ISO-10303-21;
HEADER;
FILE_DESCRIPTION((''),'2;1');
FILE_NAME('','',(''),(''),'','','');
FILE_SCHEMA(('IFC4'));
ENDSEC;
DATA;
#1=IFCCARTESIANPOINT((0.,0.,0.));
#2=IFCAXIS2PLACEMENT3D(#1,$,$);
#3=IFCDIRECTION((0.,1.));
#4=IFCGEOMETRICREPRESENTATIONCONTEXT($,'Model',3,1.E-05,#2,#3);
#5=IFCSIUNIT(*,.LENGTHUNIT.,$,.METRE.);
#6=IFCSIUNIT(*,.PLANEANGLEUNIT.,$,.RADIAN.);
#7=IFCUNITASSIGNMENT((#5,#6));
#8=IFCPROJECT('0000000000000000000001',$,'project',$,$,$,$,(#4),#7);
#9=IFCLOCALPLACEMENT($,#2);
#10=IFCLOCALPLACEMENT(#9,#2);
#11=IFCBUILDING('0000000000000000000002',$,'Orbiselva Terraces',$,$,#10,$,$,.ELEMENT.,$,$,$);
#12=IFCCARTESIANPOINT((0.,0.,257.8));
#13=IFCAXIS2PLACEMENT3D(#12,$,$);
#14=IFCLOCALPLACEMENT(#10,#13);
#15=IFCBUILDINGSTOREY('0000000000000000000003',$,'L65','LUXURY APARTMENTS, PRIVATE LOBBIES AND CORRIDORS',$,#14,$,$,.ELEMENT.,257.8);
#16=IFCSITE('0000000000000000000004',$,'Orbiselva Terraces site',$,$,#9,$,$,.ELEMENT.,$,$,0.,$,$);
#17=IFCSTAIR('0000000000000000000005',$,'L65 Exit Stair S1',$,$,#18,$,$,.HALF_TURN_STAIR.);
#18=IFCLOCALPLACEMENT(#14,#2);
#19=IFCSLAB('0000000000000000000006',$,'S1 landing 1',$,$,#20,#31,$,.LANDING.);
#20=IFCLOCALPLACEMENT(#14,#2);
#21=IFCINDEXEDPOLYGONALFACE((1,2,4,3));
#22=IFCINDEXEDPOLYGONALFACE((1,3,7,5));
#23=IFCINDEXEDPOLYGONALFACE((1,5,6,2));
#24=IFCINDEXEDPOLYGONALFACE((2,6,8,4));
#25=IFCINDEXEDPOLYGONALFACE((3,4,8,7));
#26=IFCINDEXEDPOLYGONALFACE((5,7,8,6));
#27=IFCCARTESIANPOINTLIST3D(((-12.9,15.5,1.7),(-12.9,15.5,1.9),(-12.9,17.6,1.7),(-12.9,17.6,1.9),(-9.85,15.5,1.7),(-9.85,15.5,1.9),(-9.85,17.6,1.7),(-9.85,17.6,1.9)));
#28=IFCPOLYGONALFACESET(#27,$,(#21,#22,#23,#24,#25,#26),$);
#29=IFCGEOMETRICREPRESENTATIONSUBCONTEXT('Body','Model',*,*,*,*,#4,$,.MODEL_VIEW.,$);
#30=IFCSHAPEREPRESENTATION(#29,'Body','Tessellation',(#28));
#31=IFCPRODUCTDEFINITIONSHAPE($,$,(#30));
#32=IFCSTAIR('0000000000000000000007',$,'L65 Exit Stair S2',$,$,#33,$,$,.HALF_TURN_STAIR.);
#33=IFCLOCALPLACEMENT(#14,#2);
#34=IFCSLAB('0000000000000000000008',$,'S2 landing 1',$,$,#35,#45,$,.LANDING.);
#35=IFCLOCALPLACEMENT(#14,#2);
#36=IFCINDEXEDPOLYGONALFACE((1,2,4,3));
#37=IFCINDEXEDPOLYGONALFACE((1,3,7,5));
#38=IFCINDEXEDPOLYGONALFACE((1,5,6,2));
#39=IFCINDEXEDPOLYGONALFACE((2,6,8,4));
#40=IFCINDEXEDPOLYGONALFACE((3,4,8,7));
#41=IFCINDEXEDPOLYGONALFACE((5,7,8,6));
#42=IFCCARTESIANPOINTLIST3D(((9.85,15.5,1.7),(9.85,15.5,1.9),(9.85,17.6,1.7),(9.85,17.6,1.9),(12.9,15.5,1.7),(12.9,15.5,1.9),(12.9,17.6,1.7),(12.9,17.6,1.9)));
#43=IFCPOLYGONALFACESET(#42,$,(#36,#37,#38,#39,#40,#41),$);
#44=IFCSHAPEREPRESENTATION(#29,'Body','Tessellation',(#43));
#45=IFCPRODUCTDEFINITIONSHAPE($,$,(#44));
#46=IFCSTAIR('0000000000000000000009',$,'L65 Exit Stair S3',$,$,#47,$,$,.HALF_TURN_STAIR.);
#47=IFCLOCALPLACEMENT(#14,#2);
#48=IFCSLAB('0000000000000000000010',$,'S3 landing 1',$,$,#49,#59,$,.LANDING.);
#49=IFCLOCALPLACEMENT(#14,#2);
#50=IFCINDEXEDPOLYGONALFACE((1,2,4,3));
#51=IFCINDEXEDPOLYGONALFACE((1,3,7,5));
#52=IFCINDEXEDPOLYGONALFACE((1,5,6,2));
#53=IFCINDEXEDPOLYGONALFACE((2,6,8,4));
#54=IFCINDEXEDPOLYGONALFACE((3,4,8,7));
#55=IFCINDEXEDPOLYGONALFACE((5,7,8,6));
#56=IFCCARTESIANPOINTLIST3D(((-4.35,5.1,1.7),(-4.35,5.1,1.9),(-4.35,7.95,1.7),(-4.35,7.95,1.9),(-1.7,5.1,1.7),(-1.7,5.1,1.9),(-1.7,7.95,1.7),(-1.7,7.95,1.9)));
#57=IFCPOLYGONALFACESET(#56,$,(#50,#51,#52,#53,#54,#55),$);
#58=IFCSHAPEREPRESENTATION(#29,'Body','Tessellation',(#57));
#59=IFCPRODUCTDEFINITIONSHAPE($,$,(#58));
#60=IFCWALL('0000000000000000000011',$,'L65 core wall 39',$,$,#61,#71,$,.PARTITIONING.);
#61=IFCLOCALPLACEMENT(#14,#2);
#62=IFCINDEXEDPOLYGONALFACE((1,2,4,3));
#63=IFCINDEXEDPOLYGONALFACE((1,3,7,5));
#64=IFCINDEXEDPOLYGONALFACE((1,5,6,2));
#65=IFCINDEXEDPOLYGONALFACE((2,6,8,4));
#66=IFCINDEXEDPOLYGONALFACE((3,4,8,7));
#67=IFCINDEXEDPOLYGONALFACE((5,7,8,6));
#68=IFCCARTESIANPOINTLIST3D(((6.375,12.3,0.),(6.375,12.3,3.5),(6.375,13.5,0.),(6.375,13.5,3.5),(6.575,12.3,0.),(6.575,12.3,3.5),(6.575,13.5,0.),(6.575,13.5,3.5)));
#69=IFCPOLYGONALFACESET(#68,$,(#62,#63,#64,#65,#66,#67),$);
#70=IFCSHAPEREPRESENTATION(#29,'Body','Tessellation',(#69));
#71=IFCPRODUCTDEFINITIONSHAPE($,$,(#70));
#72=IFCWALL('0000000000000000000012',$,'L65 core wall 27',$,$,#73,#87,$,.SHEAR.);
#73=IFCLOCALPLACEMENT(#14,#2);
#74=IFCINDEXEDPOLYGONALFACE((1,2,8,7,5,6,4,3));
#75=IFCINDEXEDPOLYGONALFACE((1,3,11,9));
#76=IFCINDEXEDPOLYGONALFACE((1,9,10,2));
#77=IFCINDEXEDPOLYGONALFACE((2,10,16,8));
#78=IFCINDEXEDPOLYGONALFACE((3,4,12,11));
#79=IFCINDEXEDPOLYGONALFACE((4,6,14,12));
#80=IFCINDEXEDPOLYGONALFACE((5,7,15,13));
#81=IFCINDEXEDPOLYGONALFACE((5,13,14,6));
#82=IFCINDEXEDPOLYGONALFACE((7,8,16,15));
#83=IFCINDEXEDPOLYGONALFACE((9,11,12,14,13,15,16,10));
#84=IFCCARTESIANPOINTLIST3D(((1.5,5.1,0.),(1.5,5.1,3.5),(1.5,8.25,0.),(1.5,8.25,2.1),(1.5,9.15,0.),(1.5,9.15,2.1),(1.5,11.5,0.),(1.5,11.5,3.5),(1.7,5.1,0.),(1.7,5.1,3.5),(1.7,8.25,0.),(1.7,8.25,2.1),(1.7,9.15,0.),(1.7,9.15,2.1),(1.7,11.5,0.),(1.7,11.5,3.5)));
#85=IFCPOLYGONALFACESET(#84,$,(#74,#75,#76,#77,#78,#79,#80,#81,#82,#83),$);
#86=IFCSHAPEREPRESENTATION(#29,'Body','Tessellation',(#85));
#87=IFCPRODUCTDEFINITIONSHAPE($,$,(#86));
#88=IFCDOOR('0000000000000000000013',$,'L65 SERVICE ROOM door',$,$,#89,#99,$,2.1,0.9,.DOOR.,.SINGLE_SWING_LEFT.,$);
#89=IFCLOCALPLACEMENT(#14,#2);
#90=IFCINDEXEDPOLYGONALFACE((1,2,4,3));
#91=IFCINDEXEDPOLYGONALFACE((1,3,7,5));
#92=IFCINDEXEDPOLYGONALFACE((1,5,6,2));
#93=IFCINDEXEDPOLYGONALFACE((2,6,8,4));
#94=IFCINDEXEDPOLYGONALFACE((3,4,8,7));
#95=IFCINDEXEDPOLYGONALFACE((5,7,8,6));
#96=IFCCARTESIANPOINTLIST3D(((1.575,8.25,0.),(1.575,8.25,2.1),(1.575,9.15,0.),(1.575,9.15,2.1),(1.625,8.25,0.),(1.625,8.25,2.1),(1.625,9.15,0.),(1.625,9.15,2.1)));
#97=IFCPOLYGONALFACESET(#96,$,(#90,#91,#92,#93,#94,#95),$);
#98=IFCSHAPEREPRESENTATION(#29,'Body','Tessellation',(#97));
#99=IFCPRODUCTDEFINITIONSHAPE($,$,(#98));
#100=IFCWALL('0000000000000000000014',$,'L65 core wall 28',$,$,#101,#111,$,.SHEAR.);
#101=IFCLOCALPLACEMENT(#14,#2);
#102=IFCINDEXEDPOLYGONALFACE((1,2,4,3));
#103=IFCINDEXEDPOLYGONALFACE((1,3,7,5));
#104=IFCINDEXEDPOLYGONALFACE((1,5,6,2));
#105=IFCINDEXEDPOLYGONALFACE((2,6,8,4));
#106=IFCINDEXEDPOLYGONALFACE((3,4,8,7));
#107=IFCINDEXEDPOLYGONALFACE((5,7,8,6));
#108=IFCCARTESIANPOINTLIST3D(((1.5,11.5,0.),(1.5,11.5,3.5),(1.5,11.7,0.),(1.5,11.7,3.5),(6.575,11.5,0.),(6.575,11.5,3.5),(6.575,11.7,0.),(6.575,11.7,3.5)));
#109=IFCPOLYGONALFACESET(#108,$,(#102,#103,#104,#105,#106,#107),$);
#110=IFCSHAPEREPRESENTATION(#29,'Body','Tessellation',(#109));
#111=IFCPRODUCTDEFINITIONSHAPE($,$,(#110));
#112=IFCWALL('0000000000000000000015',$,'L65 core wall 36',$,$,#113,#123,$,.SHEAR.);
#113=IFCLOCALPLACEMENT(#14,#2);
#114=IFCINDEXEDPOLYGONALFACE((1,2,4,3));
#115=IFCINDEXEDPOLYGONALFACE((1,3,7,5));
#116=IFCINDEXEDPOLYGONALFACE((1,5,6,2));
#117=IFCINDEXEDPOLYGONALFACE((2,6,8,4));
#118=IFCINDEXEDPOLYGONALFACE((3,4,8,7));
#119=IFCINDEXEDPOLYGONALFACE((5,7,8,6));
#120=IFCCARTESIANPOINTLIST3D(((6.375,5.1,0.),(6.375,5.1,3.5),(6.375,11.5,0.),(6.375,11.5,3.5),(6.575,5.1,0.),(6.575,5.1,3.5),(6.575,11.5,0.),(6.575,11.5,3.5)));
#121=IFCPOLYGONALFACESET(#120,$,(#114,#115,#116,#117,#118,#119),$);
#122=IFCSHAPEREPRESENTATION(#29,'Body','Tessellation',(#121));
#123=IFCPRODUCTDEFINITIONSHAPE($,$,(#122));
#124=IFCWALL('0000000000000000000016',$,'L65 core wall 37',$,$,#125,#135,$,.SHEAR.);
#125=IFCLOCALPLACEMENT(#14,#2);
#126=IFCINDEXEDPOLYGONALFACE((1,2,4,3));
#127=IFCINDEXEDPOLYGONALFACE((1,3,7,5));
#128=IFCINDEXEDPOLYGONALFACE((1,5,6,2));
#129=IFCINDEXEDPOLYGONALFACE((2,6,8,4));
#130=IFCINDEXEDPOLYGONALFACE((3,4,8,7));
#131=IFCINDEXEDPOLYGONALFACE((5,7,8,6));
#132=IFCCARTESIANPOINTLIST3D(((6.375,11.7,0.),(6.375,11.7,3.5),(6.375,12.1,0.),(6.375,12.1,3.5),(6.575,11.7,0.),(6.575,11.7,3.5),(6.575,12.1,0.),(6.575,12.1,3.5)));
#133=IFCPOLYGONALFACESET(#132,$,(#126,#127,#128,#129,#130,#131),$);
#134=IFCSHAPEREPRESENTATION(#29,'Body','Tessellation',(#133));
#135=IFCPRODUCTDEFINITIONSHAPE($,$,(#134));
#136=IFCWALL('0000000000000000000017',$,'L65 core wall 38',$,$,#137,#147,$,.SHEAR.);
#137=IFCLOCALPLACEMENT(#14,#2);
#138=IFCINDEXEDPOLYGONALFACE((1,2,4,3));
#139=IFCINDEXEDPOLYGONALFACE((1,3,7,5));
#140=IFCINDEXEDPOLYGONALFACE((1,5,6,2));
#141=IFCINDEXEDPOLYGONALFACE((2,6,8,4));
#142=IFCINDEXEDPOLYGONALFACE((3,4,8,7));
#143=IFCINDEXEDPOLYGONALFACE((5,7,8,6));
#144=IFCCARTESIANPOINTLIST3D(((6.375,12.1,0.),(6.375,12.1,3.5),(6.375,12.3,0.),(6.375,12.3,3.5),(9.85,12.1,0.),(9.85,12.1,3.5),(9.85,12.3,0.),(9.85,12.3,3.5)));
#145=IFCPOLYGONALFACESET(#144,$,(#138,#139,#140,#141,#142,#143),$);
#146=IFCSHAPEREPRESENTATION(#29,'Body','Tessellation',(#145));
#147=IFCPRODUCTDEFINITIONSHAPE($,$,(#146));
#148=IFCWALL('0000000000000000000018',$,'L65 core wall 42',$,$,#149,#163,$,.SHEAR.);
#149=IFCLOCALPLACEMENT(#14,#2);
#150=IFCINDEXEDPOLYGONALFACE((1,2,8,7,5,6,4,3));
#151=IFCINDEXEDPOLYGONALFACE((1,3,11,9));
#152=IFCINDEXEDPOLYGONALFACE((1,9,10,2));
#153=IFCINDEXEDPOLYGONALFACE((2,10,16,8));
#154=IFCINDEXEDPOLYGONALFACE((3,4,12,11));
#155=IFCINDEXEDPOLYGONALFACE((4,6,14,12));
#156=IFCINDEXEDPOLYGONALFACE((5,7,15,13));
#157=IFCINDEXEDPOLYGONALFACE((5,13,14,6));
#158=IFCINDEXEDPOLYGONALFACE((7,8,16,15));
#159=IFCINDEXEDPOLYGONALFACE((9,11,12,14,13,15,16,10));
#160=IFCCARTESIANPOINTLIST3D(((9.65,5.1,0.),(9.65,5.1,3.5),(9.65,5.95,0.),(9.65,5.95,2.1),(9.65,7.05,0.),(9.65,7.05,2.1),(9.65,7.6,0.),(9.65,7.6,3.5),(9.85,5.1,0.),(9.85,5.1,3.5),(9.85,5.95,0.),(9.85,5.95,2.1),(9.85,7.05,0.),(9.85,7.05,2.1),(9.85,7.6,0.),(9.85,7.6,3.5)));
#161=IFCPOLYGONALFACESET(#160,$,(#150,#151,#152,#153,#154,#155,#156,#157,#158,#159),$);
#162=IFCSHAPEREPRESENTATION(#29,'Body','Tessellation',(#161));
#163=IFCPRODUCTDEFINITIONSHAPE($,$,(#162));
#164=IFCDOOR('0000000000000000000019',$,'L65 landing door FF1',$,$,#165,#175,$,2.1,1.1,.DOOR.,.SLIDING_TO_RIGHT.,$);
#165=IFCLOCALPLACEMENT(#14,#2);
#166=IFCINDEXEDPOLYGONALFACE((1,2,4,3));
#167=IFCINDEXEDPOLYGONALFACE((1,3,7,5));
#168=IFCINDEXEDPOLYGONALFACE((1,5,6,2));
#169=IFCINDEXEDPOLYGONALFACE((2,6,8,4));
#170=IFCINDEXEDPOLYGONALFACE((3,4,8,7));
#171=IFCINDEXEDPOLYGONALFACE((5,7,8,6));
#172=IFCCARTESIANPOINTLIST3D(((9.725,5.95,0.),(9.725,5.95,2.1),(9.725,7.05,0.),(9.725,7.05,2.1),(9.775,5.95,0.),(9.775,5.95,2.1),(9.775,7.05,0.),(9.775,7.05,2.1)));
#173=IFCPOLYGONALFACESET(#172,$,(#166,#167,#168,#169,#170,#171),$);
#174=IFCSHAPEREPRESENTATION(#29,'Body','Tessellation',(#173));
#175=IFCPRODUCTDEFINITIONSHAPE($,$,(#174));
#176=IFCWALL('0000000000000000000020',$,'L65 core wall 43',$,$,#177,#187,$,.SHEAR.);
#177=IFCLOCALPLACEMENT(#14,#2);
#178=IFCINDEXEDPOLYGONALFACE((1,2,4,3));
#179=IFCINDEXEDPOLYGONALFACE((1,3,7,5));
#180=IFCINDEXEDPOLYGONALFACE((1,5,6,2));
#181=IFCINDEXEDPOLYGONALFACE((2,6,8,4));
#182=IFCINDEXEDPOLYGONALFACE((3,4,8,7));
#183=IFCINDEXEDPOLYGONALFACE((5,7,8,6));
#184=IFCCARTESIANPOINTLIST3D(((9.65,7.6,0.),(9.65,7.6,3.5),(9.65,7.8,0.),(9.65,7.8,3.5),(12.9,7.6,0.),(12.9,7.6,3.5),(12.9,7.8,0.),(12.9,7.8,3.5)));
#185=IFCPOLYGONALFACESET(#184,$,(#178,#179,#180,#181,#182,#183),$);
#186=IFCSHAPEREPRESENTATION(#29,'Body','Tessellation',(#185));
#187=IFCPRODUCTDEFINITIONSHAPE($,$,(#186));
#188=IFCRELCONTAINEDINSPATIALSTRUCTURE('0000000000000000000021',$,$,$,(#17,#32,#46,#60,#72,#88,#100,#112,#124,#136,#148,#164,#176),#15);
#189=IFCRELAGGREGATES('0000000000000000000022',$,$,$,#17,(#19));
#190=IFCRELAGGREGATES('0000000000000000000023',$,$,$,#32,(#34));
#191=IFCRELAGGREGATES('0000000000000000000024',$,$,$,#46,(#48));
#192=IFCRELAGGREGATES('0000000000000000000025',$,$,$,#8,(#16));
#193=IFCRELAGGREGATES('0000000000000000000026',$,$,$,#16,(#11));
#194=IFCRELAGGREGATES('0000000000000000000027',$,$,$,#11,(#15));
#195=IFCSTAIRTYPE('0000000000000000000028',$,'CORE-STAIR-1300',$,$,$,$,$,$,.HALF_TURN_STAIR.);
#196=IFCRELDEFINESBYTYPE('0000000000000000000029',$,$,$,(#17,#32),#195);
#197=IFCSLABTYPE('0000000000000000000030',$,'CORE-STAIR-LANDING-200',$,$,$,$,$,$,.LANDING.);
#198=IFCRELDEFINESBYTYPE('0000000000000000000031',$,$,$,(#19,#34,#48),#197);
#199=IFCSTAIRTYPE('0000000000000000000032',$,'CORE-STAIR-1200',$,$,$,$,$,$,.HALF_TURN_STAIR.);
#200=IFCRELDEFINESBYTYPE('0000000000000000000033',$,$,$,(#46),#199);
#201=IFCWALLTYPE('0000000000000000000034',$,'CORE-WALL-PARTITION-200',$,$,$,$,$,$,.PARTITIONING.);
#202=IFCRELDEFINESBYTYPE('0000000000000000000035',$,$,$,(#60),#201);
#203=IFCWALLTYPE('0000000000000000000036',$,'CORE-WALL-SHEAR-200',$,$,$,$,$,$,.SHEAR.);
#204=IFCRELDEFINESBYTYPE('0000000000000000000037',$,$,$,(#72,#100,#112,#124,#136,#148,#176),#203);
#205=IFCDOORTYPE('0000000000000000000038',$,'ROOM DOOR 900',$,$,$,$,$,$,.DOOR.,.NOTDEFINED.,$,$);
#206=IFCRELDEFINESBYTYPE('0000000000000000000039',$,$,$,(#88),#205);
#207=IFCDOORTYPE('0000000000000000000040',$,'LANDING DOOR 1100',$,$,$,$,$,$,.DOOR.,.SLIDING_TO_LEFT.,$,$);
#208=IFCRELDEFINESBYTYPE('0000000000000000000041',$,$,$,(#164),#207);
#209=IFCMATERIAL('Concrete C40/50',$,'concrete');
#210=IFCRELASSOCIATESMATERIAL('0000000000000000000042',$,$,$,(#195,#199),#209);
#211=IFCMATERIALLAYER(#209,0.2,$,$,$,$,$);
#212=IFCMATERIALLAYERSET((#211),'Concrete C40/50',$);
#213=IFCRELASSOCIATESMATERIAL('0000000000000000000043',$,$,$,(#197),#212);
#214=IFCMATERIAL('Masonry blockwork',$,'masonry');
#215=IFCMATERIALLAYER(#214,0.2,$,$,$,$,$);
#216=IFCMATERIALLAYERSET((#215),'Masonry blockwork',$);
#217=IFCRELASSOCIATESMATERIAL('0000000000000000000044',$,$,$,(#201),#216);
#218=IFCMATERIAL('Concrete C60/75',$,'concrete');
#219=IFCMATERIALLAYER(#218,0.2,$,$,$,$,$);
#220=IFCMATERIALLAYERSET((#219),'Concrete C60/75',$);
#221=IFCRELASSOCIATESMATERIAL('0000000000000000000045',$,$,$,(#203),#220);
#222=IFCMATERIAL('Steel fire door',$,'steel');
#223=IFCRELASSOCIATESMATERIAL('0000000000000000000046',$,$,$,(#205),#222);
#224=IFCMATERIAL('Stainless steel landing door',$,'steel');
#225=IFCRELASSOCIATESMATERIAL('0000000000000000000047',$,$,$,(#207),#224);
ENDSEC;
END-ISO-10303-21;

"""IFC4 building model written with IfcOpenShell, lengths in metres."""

from ifc_helpers import new_model, si_unit, direction, frame, frame_2d, origin, place, context, subcontext, project, spatial, polyline, rectangle, outline, extrude, material, layer, layer_set, type_object, element, fill, aggregate, save


model = new_model("IFC4")

# Units and contexts
model_context = context("Model", 3, precision=1e-05, world=origin(), true_north=direction((0.0, 1.0)))
body_context = subcontext(model_context, "Body", "Model", "MODEL_VIEW")
ifc_project = project(units=[si_unit("LENGTHUNIT", "METRE"), si_unit("PLANEANGLEUNIT", "RADIAN")], contexts=[model_context])

# Site, building, storey
site_placement = place(None, origin())
site = spatial("IfcSite", under=ifc_project, at=site_placement, Name="Orbiselva Terraces site", CompositionType="ELEMENT", RefElevation=0.0)
building_placement = place(site_placement, origin())
building = spatial("IfcBuilding", under=site, at=building_placement, Name="Orbiselva Terraces", CompositionType="ELEMENT")
storey_placement = place(building_placement, frame((0.0, 0.0, 257.8)))
storey = spatial("IfcBuildingStorey", under=building, at=storey_placement, Name="L65", Description="LUXURY APARTMENTS, PRIVATE LOBBIES AND CORRIDORS", CompositionType="ELEMENT", Elevation=257.8)

# Stairs, slabs
ifc_material_1 = material(Name="Concrete C40/50", Category="concrete")
stair_type_1 = type_object("IfcStairType", Name="CORE-STAIR-1300", PredefinedType="HALF_TURN_STAIR", material=ifc_material_1)
stair_1_placement = place(storey_placement, origin())
stair_1 = element("IfcStair", 1, at=stair_1_placement, inside=storey, type_object=stair_type_1, Name="L65 Exit Stair S1", PredefinedType="HALF_TURN_STAIR")
ifc_layer_1 = layer(ifc_material_1, 0.2)
ifc_layer_set_1 = layer_set([ifc_layer_1], Name="Concrete C40/50")
slab_type = type_object("IfcSlabType", Name="CORE-STAIR-LANDING-200", PredefinedType="LANDING", material=ifc_layer_set_1)
slab_1_placement = place(storey_placement, frame((0.0, 0.0, 1.7)))
slab_1 = element("IfcSlab", 2, at=slab_1_placement, type_object=slab_type, Name="S1 landing 1", PredefinedType="LANDING", context=body_context, shape_type="SweptSolid", body=[
    extrude(outline(polyline([(-9.85, 15.5), (-9.85, 17.6), (-12.9, 17.6), (-12.9, 15.5), (-9.85, 15.5)])), origin(), (0.0, 0.0, 1.0), 0.2),
])
aggregate(stair_1, [slab_1])
stair_2_placement = place(storey_placement, origin())
stair_2 = element("IfcStair", 3, at=stair_2_placement, inside=storey, type_object=stair_type_1, Name="L65 Exit Stair S2", PredefinedType="HALF_TURN_STAIR")
slab_2_placement = place(storey_placement, frame((0.0, 0.0, 1.7)))
slab_2 = element("IfcSlab", 4, at=slab_2_placement, type_object=slab_type, Name="S2 landing 1", PredefinedType="LANDING", context=body_context, shape_type="SweptSolid", body=[
    extrude(outline(polyline([(12.9, 15.5), (12.9, 17.6), (9.85, 17.6), (9.85, 15.5), (12.9, 15.5)])), origin(), (0.0, 0.0, 1.0), 0.2),
])
aggregate(stair_2, [slab_2])
stair_type_2 = type_object("IfcStairType", Name="CORE-STAIR-1200", PredefinedType="HALF_TURN_STAIR", material=ifc_material_1)
stair_3_placement = place(storey_placement, origin())
stair_3 = element("IfcStair", 5, at=stair_3_placement, inside=storey, type_object=stair_type_2, Name="L65 Exit Stair S3", PredefinedType="HALF_TURN_STAIR")
slab_3_placement = place(storey_placement, frame((0.0, 0.0, 1.7)))
slab_3 = element("IfcSlab", 6, at=slab_3_placement, type_object=slab_type, Name="S3 landing 1", PredefinedType="LANDING", context=body_context, shape_type="SweptSolid", body=[
    extrude(outline(polyline([(-4.35, 5.1), (-1.7, 5.1), (-1.7, 7.95), (-4.35, 7.95), (-4.35, 5.1)])), origin(), (0.0, 0.0, 1.0), 0.2),
])
aggregate(stair_3, [slab_3])

# Wall
ifc_material_2 = material(Name="Masonry blockwork", Category="masonry")
ifc_layer_2 = layer(ifc_material_2, 0.2)
ifc_layer_set_2 = layer_set([ifc_layer_2], Name="Masonry blockwork")
wall_type_1 = type_object("IfcWallType", Name="CORE-WALL-PARTITION-200", PredefinedType="PARTITIONING", material=ifc_layer_set_2)
wall_1_placement = place(storey_placement, frame((6.475, 12.3, 0.0), z_axis=(0.0, 0.0, 1.0), x_axis=(0.0, 1.0, 0.0)))
element("IfcWall", 7, at=wall_1_placement, inside=storey, type_object=wall_type_1, Name="L65 core wall 39", PredefinedType="PARTITIONING", context=body_context, shape_type="SweptSolid", body=[
    extrude(rectangle(XDim=1.2, YDim=0.2, at=frame_2d((0.6, 0.0))), origin(), (0.0, 0.0, 1.0), 3.5),
])

# Wall, opening, door
ifc_material_3 = material(Name="Concrete C60/75", Category="concrete")
ifc_layer_3 = layer(ifc_material_3, 0.2)
ifc_layer_set_3 = layer_set([ifc_layer_3], Name="Concrete C60/75")
wall_type_2 = type_object("IfcWallType", Name="CORE-WALL-SHEAR-200", PredefinedType="SHEAR", material=ifc_layer_set_3)
wall_2_placement = place(storey_placement, frame((1.6, 11.5, 0.0), z_axis=(0.0, 0.0, 1.0), x_axis=(0.0, -1.0, 0.0)))
wall_2 = element("IfcWall", 8, at=wall_2_placement, inside=storey, type_object=wall_type_2, Name="L65 core wall 27", PredefinedType="SHEAR", context=body_context, shape_type="SweptSolid", body=[
    extrude(rectangle(XDim=6.4, YDim=0.2, at=frame_2d((3.2, 0.0))), origin(), (0.0, 0.0, 1.0), 3.5),
])
opening_1_placement = place(wall_2_placement, frame((2.35, 0.0, 0.0)))
opening_1 = element("IfcOpeningElement", 9, at=opening_1_placement, cuts=wall_2, PredefinedType="OPENING", context=body_context, shape_type="SweptSolid", body=[
    extrude(rectangle(XDim=0.9, YDim=2.1, at=frame_2d((0.45, 1.05))), frame((0.0, 0.11, 0.0), z_axis=(0.0, -1.0, 0.0), x_axis=(1.0, 0.0, 0.0)), (0.0, 0.0, 1.0), 0.22),
])
ifc_material_4 = material(Name="Steel fire door", Category="steel")
door_type_1 = type_object("IfcDoorType", Name="ROOM DOOR 900", OperationType="NOTDEFINED", PredefinedType="DOOR", material=ifc_material_4)
door_1_placement = place(opening_1_placement, origin())
door_1 = element("IfcDoor", 10, at=door_1_placement, inside=storey, type_object=door_type_1, Name="L65 SERVICE ROOM door", OperationType="SINGLE_SWING_LEFT", OverallHeight=2.1, OverallWidth=0.9, PredefinedType="DOOR", context=body_context, shape_type="SweptSolid", body=[
    extrude(rectangle(XDim=0.9, YDim=2.1, at=frame_2d((0.45, 1.05))), frame((0.0, 0.025, 0.0), z_axis=(0.0, -1.0, 0.0), x_axis=(1.0, 0.0, 0.0)), (0.0, 0.0, 1.0), 0.05),
])
fill(opening_1, door_1)

# Walls
wall_3_placement = place(storey_placement, frame((1.5, 11.6, 0.0), z_axis=(0.0, 0.0, 1.0), x_axis=(1.0, 0.0, 0.0)))
element("IfcWall", 11, at=wall_3_placement, inside=storey, type_object=wall_type_2, Name="L65 core wall 28", PredefinedType="SHEAR", context=body_context, shape_type="SweptSolid", body=[
    extrude(rectangle(XDim=5.075, YDim=0.2, at=frame_2d((2.5375, 0.0))), origin(), (0.0, 0.0, 1.0), 3.5),
])
wall_4_placement = place(storey_placement, frame((6.475, 5.1, 0.0), z_axis=(0.0, 0.0, 1.0), x_axis=(0.0, 1.0, 0.0)))
element("IfcWall", 12, at=wall_4_placement, inside=storey, type_object=wall_type_2, Name="L65 core wall 36", PredefinedType="SHEAR", context=body_context, shape_type="SweptSolid", body=[
    extrude(rectangle(XDim=6.4, YDim=0.2, at=frame_2d((3.2, 0.0))), origin(), (0.0, 0.0, 1.0), 3.5),
])
wall_5_placement = place(storey_placement, frame((6.475, 11.7, 0.0), z_axis=(0.0, 0.0, 1.0), x_axis=(0.0, 1.0, 0.0)))
element("IfcWall", 13, at=wall_5_placement, inside=storey, type_object=wall_type_2, Name="L65 core wall 37", PredefinedType="SHEAR", context=body_context, shape_type="SweptSolid", body=[
    extrude(rectangle(XDim=0.4, YDim=0.2, at=frame_2d((0.2, 0.0))), origin(), (0.0, 0.0, 1.0), 3.5),
])
wall_6_placement = place(storey_placement, frame((6.375, 12.2, 0.0), z_axis=(0.0, 0.0, 1.0), x_axis=(1.0, 0.0, 0.0)))
element("IfcWall", 14, at=wall_6_placement, inside=storey, type_object=wall_type_2, Name="L65 core wall 38", PredefinedType="SHEAR", context=body_context, shape_type="SweptSolid", body=[
    extrude(rectangle(XDim=3.475, YDim=0.2, at=frame_2d((1.7375, 0.0))), origin(), (0.0, 0.0, 1.0), 3.5),
])

# Wall, opening, door
wall_7_placement = place(storey_placement, frame((9.75, 5.1, 0.0), z_axis=(0.0, 0.0, 1.0), x_axis=(0.0, 1.0, 0.0)))
wall_7 = element("IfcWall", 15, at=wall_7_placement, inside=storey, type_object=wall_type_2, Name="L65 core wall 42", PredefinedType="SHEAR", context=body_context, shape_type="SweptSolid", body=[
    extrude(rectangle(XDim=2.5, YDim=0.2, at=frame_2d((1.25, 0.0))), origin(), (0.0, 0.0, 1.0), 3.5),
])
opening_2_placement = place(wall_7_placement, frame((0.85, 0.0, 0.0)))
opening_2 = element("IfcOpeningElement", 16, at=opening_2_placement, cuts=wall_7, PredefinedType="OPENING", context=body_context, shape_type="SweptSolid", body=[
    extrude(rectangle(XDim=1.1, YDim=2.1, at=frame_2d((0.55, 1.05))), frame((0.0, 0.11, 0.0), z_axis=(0.0, -1.0, 0.0), x_axis=(1.0, 0.0, 0.0)), (0.0, 0.0, 1.0), 0.22),
])
ifc_material_5 = material(Name="Stainless steel landing door", Category="steel")
door_type_2 = type_object("IfcDoorType", Name="LANDING DOOR 1100", OperationType="SLIDING_TO_LEFT", PredefinedType="DOOR", material=ifc_material_5)
door_2_placement = place(opening_2_placement, origin())
door_2 = element("IfcDoor", 17, at=door_2_placement, inside=storey, type_object=door_type_2, Name="L65 landing door FF1", OperationType="SLIDING_TO_RIGHT", OverallHeight=2.1, OverallWidth=1.1, PredefinedType="DOOR", context=body_context, shape_type="SweptSolid", body=[
    extrude(rectangle(XDim=1.1, YDim=2.1, at=frame_2d((0.55, 1.05))), frame((0.0, 0.025, 0.0), z_axis=(0.0, -1.0, 0.0), x_axis=(1.0, 0.0, 0.0)), (0.0, 0.0, 1.0), 0.05),
])
fill(opening_2, door_2)

# Wall
wall_8_placement = place(storey_placement, frame((9.65, 7.7, 0.0), z_axis=(0.0, 0.0, 1.0), x_axis=(1.0, 0.0, 0.0)))
element("IfcWall", 18, at=wall_8_placement, inside=storey, type_object=wall_type_2, Name="L65 core wall 43", PredefinedType="SHEAR", context=body_context, shape_type="SweptSolid", body=[
    extrude(rectangle(XDim=3.25, YDim=0.2, at=frame_2d((1.625, 0.0))), origin(), (0.0, 0.0, 1.0), 3.5),
])

save(model, "model.ifc")
